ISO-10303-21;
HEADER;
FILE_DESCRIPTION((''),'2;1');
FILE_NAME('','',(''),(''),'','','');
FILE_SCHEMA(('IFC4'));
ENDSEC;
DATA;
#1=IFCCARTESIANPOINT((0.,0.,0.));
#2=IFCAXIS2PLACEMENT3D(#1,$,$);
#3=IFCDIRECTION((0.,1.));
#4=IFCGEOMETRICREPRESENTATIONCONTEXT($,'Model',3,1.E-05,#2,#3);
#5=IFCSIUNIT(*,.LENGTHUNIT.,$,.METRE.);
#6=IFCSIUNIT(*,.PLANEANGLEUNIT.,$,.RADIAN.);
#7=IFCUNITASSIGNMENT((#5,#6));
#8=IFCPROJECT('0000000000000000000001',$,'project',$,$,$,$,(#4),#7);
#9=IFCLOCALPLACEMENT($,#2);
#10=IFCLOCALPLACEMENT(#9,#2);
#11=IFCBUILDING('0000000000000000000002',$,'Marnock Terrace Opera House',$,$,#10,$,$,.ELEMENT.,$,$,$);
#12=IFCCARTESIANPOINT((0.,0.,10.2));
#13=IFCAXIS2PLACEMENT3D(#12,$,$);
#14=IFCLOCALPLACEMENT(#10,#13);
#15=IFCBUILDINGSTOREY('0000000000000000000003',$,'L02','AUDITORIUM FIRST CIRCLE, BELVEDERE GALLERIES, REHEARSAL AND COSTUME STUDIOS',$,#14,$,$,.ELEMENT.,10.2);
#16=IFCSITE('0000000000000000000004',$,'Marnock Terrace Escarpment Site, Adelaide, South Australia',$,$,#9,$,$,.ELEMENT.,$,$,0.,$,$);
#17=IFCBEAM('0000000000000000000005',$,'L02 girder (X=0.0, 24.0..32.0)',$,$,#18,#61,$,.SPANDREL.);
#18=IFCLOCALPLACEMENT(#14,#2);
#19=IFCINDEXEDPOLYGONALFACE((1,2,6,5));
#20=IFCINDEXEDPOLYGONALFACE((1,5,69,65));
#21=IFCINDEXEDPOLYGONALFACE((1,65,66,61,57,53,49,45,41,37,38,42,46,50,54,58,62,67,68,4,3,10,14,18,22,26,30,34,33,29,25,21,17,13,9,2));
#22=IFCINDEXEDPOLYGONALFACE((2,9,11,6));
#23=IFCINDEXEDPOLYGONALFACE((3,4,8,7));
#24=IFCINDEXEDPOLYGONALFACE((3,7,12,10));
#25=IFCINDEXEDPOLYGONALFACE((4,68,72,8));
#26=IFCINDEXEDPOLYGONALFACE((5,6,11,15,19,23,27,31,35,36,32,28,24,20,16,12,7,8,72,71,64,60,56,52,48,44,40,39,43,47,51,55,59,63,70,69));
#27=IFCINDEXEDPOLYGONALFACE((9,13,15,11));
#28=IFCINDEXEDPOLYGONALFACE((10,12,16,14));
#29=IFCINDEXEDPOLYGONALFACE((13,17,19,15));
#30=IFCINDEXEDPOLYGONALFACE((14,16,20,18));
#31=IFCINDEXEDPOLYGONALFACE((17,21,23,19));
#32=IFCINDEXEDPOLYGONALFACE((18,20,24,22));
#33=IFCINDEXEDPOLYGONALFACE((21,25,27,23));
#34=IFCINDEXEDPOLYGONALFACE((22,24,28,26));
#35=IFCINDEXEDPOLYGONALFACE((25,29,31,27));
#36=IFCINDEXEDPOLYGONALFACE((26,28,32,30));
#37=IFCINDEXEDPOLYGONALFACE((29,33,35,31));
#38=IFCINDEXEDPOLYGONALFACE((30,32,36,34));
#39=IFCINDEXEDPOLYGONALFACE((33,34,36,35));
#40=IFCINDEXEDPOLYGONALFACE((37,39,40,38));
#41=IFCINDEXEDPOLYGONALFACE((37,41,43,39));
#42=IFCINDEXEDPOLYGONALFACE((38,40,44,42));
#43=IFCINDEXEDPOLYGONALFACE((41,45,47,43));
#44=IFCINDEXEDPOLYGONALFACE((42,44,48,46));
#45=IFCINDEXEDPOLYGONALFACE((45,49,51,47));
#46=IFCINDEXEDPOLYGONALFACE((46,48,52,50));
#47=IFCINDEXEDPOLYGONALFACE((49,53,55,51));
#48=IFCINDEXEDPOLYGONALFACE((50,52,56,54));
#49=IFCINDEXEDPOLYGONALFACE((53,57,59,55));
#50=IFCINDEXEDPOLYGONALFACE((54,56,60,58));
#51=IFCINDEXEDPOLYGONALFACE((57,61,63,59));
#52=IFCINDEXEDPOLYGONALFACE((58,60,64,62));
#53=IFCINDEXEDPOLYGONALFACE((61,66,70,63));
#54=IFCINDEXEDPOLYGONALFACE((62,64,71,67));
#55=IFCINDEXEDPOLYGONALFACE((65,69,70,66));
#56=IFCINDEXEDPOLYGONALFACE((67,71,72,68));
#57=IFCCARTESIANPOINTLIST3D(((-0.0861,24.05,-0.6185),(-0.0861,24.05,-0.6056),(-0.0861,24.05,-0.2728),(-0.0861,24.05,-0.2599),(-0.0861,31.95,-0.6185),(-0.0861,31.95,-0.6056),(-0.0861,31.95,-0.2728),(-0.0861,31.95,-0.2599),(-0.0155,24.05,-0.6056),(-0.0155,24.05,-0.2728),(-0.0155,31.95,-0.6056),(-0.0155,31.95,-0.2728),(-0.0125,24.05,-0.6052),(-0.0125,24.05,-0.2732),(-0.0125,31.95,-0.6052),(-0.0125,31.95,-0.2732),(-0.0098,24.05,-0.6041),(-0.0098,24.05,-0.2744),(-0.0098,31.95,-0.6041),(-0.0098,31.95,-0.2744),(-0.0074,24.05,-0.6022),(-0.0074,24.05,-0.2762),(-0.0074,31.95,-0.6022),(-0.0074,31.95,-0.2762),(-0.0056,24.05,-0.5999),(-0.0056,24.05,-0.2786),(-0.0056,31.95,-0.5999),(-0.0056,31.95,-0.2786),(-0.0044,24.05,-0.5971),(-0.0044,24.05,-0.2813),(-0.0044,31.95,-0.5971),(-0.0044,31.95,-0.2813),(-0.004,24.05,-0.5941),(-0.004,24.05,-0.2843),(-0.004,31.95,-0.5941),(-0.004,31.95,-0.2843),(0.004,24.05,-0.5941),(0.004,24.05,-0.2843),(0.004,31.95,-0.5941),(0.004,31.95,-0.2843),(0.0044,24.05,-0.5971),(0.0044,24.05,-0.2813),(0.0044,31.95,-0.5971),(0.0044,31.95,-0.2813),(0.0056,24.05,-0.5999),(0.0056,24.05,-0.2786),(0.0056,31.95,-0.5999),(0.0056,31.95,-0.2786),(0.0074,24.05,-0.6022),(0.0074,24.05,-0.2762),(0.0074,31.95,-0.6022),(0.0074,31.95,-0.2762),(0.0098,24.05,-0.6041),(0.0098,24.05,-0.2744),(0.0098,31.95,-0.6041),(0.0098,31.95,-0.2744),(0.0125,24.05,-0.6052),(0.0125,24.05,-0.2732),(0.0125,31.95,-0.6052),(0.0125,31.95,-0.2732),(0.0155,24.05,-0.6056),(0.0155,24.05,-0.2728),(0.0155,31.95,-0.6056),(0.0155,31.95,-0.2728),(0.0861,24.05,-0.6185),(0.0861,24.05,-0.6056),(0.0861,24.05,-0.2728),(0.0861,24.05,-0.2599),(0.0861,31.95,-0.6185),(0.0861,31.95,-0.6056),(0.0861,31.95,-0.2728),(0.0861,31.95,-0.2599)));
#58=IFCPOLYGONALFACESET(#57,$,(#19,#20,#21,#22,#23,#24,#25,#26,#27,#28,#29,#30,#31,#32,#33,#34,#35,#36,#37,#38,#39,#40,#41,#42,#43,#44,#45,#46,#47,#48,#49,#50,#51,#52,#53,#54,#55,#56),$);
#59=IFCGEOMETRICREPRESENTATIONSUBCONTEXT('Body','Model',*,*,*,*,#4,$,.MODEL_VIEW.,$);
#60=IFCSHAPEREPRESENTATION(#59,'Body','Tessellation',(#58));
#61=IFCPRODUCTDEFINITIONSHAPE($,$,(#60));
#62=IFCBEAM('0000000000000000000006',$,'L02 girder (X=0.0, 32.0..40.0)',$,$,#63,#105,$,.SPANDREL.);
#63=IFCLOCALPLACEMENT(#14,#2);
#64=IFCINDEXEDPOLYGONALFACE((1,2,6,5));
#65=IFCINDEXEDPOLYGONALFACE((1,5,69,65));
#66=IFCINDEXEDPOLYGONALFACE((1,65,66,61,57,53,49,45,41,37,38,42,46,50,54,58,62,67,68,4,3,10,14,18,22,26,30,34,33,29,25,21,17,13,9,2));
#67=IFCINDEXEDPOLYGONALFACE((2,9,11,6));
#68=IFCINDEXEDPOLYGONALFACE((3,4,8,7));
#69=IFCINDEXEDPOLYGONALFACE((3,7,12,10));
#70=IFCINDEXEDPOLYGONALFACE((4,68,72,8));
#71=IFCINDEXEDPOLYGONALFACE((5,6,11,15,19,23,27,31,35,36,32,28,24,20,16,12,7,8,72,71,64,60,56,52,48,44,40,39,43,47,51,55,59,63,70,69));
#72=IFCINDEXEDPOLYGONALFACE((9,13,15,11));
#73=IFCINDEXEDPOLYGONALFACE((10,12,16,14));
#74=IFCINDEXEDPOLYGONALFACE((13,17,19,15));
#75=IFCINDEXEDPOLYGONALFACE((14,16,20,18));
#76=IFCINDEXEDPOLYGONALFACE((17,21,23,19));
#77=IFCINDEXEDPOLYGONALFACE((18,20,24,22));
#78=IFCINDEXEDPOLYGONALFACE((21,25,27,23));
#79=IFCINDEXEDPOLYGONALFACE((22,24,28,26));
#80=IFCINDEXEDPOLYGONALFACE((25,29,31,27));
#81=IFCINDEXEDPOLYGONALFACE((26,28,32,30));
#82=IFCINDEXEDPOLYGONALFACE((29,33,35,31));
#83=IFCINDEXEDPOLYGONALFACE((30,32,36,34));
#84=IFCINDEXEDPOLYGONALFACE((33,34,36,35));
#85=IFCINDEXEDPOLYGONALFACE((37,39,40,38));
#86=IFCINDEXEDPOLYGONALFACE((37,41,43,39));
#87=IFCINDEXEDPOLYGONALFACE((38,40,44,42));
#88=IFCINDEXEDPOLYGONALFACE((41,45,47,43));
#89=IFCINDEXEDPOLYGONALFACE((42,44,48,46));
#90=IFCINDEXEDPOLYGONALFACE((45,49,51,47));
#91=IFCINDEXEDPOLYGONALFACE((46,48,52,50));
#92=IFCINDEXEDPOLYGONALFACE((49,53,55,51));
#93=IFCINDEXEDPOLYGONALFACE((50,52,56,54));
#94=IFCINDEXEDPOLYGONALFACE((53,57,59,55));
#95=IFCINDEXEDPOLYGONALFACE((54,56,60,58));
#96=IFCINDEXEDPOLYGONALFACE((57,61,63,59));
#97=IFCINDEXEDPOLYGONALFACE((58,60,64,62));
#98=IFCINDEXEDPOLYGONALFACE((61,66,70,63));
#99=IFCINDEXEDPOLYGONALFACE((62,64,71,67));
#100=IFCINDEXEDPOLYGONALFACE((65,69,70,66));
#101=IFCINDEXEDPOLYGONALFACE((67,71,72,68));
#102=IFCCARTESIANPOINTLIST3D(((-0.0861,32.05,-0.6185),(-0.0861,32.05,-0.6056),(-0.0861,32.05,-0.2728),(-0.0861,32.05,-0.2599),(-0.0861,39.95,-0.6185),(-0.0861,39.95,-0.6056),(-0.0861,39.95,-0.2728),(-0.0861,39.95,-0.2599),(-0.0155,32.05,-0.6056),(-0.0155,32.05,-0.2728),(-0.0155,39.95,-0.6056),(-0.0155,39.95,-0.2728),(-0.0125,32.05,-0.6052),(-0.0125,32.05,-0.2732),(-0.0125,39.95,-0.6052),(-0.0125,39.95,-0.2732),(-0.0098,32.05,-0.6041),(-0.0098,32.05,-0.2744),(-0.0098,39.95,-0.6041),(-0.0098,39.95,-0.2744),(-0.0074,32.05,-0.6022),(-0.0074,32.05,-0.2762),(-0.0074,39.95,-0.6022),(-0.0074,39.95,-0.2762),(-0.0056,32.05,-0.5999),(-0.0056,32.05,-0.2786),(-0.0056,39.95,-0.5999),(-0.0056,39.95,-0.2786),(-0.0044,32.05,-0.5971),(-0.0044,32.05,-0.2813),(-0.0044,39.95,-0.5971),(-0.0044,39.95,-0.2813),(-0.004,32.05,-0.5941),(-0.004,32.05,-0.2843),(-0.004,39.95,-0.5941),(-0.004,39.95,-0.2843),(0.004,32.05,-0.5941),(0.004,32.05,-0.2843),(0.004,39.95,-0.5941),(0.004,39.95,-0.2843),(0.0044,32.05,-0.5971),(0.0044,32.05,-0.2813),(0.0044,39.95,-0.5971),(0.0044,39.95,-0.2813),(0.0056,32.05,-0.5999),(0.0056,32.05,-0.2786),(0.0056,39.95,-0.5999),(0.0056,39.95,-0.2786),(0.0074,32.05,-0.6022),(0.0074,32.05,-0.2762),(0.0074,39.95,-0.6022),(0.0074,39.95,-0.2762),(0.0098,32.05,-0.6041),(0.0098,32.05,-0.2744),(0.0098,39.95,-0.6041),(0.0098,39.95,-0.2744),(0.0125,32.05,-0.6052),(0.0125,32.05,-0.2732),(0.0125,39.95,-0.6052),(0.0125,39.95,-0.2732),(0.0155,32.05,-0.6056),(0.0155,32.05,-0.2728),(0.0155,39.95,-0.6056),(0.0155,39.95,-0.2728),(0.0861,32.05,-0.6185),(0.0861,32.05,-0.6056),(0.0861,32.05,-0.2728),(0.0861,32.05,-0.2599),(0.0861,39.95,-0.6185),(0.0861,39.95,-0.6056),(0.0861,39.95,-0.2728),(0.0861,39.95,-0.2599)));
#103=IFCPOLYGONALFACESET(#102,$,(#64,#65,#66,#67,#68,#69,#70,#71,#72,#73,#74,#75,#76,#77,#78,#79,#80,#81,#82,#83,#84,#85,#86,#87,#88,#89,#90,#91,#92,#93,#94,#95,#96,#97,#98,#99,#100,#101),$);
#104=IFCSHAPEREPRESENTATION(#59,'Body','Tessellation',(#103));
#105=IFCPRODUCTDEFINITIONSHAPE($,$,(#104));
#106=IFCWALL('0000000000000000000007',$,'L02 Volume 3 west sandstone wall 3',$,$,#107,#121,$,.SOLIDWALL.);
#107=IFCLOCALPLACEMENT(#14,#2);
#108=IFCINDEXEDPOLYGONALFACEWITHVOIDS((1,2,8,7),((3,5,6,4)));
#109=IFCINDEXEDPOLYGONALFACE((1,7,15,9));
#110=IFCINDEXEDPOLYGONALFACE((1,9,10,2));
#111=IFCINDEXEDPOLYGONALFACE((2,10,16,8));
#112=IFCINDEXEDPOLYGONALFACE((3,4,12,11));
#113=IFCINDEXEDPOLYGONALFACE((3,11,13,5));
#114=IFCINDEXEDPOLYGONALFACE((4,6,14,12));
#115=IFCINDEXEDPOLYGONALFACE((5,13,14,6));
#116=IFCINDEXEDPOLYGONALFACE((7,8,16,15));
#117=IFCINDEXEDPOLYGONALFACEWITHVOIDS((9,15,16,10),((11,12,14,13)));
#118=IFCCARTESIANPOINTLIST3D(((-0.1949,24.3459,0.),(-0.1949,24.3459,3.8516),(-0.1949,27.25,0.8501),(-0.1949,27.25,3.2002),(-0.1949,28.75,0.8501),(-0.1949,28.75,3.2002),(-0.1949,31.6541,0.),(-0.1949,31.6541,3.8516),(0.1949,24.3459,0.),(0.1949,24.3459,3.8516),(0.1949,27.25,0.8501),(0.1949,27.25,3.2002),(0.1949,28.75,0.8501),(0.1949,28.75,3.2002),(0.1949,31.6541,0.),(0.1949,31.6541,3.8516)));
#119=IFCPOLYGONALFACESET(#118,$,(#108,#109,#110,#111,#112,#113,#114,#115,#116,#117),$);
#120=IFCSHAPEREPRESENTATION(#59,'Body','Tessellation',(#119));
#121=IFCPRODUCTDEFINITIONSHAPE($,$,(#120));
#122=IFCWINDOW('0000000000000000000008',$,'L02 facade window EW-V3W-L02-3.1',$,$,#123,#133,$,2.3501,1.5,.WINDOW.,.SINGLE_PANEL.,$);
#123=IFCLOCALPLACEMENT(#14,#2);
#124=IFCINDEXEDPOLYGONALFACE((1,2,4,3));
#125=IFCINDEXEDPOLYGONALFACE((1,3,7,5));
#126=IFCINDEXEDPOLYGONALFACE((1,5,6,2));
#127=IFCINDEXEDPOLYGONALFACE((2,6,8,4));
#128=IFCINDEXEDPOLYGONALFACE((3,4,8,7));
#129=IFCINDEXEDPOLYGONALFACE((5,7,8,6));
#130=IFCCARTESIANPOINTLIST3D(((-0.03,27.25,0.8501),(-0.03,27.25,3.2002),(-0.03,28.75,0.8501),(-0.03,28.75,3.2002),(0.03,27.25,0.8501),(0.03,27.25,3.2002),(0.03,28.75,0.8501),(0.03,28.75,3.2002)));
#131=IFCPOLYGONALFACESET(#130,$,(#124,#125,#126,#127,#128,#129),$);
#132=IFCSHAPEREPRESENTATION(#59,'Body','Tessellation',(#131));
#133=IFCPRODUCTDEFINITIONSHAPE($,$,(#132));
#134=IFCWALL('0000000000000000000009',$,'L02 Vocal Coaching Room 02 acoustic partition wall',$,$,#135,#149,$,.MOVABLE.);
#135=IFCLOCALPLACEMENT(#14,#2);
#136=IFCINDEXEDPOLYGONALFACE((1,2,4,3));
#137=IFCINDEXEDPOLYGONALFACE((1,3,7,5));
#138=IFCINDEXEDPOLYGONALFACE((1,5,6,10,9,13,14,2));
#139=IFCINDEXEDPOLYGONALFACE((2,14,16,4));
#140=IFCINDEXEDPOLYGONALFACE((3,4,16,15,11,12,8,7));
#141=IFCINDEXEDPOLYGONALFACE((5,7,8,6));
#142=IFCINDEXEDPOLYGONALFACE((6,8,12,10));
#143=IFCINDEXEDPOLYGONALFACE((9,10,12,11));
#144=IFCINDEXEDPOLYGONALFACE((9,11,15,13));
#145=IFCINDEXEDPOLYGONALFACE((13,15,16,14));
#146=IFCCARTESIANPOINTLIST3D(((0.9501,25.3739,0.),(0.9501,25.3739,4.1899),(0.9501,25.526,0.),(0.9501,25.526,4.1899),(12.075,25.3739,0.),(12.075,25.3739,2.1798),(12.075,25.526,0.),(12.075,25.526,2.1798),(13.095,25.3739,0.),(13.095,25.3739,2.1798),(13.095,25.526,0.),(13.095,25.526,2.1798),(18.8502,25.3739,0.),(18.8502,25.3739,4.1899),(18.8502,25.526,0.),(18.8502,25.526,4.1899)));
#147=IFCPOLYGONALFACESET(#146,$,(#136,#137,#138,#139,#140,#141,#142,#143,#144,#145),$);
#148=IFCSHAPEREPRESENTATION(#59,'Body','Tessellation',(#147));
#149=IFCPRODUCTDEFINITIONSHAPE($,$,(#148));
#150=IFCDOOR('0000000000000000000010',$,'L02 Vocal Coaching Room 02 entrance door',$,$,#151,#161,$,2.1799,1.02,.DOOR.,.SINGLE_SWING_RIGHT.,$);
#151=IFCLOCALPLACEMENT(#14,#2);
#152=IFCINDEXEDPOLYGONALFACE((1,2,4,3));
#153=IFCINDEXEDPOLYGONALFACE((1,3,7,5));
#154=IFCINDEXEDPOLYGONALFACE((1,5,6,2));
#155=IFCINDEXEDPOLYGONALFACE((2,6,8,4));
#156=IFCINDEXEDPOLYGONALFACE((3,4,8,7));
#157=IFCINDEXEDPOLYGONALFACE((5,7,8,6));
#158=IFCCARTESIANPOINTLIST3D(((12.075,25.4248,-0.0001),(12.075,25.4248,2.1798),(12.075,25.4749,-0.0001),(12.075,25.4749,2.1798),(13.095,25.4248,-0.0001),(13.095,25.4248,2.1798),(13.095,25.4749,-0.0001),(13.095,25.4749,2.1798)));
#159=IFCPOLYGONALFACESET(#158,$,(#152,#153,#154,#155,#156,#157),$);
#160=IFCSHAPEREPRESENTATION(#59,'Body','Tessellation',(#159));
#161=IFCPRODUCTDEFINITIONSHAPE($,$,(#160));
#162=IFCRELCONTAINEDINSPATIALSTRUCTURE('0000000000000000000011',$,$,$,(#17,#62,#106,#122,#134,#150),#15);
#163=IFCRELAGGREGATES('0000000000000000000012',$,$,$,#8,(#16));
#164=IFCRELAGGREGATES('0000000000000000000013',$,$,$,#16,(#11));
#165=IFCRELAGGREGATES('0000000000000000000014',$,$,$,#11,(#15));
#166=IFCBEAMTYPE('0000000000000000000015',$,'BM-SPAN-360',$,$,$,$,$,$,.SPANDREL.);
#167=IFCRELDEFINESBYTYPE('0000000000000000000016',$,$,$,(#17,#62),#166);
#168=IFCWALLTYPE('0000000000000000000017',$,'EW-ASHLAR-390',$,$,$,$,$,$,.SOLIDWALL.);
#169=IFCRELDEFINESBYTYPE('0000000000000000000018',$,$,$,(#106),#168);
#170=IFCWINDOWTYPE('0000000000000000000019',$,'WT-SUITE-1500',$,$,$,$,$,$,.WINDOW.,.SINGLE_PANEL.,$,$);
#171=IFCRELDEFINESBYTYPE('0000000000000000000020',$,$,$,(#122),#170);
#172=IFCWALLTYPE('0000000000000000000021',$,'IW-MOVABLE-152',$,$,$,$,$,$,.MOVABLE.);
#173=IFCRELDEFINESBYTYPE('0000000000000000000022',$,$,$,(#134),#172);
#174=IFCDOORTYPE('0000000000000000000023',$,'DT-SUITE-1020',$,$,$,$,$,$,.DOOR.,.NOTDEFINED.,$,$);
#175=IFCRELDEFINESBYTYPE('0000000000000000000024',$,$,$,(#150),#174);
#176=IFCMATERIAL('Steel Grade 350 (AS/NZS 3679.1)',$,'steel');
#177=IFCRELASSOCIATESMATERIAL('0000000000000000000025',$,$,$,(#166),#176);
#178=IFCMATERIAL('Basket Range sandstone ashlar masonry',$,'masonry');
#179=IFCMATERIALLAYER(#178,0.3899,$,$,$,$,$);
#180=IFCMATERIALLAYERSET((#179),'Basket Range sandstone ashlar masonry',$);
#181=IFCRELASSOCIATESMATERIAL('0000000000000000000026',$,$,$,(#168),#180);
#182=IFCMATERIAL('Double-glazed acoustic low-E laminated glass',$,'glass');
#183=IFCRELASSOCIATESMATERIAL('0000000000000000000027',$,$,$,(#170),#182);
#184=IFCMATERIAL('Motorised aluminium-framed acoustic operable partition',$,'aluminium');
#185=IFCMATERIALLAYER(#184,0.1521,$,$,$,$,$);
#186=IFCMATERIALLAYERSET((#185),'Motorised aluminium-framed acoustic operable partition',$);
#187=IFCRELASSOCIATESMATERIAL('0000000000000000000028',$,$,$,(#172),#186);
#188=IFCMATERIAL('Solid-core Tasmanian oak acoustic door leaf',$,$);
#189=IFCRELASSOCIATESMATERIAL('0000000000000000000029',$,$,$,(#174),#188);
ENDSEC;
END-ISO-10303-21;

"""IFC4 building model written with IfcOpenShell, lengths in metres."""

from ifc_helpers import new_model, si_unit, direction, frame, frame_2d, origin, origin_2d, place, context, subcontext, project, spatial, rectangle, i_section, extrude, material, layer, layer_set, material_profile, profile_set, type_object, element, fill, save


model = new_model("IFC4")

# Units and contexts
model_context = context("Model", 3, precision=1e-05, world=origin(), true_north=direction((0.0, 1.0)))
body_context = subcontext(model_context, "Body", "Model", "MODEL_VIEW")
ifc_project = project(units=[si_unit("LENGTHUNIT", "METRE"), si_unit("PLANEANGLEUNIT", "RADIAN")], contexts=[model_context])

# Site, building, storey
site_placement = place(None, origin())
site = spatial("IfcSite", under=ifc_project, at=site_placement, Name="Marnock Terrace Escarpment Site, Adelaide, South Australia", CompositionType="ELEMENT", RefElevation=0.0)
building_placement = place(site_placement, origin())
building = spatial("IfcBuilding", under=site, at=building_placement, Name="Marnock Terrace Opera House", CompositionType="ELEMENT")
storey_placement = place(building_placement, frame((0.0, 0.0, 10.2)))
storey = spatial("IfcBuildingStorey", under=building, at=storey_placement, Name="L02", Description="AUDITORIUM FIRST CIRCLE, BELVEDERE GALLERIES, REHEARSAL AND COSTUME STUDIOS", CompositionType="ELEMENT", Elevation=10.2)

# Beams
ifc_material_1 = material(Name="Steel Grade 350 (AS/NZS 3679.1)", Category="steel")
ifc_material_profile_1 = material_profile(ifc_material_1, i_section(OverallWidth=0.1721, OverallDepth=0.3586, WebThickness=0.0081, FlangeThickness=0.0129, FilletRadius=0.0115, at=origin_2d()))
ifc_profile_set_1 = profile_set([ifc_material_profile_1], Name="Steel Grade 350 (AS/NZS 3679.1)")
beam_type_1 = type_object("IfcBeamType", Name="BM-SPAN-360", PredefinedType="SPANDREL", material=ifc_profile_set_1)
for number, where, z_axis, x_axis, name in (
    (1, (0.0, 24.05, -0.4392), (0.0, 1.0, 0.0), (-1.0, 0.0, 0.0), "L02 girder (X=0.0, 24.0..32.0)"),
    (2, (0.0, 32.05, -0.4392), (0.0, 1.0, 0.0), (-1.0, 0.0, 0.0), "L02 girder (X=0.0, 32.0..40.0)"),
):
    element("IfcBeam", number, at=place(storey_placement, frame(where, z_axis=z_axis, x_axis=x_axis)), inside=storey, type_object=beam_type_1, Name=name, PredefinedType="SPANDREL", context=body_context, shape_type="SweptSolid", body=[
        extrude(i_section(OverallWidth=0.1721, OverallDepth=0.3586, WebThickness=0.0081, FlangeThickness=0.0129, FilletRadius=0.0115, at=origin_2d()), origin(), (0.0, 0.0, 1.0), 7.8999),
    ])

# Wall, opening, window
ifc_material_2 = material(Name="Basket Range sandstone ashlar masonry", Category="masonry")
ifc_layer_1 = layer(ifc_material_2, 0.3899)
ifc_layer_set_1 = layer_set([ifc_layer_1], Name="Basket Range sandstone ashlar masonry")
wall_type_1 = type_object("IfcWallType", Name="EW-ASHLAR-390", PredefinedType="SOLIDWALL", material=ifc_layer_set_1)
wall_1_placement = place(storey_placement, frame((0.0, 24.3459, 0.0), z_axis=(0.0, 0.0, 1.0), x_axis=(0.0, 1.0, 0.0)))
wall_1 = element("IfcWall", 3, at=wall_1_placement, inside=storey, type_object=wall_type_1, Name="L02 Volume 3 west sandstone wall 3", PredefinedType="SOLIDWALL", context=body_context, shape_type="SweptSolid", body=[
    extrude(rectangle(XDim=7.3081, YDim=0.3899, at=frame_2d((3.6541, 0.0))), origin(), (0.0, 0.0, 1.0), 3.8516),
])
opening_1_placement = place(wall_1_placement, frame((2.9041, 0.0, 0.8501)))
opening_1 = element("IfcOpeningElement", 4, at=opening_1_placement, cuts=wall_1, PredefinedType="OPENING", context=body_context, shape_type="SweptSolid", body=[
    extrude(rectangle(XDim=1.5, YDim=2.3501, at=frame_2d((0.75, 1.175))), frame((0.0, 0.2048, 0.0), z_axis=(0.0, -1.0, 0.0), x_axis=(1.0, 0.0, 0.0)), (0.0, 0.0, 1.0), 0.4099),
])
ifc_material_3 = material(Name="Double-glazed acoustic low-E laminated glass", Category="glass")
window_type = type_object("IfcWindowType", Name="WT-SUITE-1500", PartitioningType="SINGLE_PANEL", PredefinedType="WINDOW", material=ifc_material_3)
window_placement = place(opening_1_placement, origin())
window = element("IfcWindow", 5, at=window_placement, inside=storey, type_object=window_type, Name="L02 facade window EW-V3W-L02-3.1", OverallHeight=2.3501, OverallWidth=1.5, PartitioningType="SINGLE_PANEL", PredefinedType="WINDOW", context=body_context, shape_type="SweptSolid", body=[
    extrude(rectangle(XDim=1.5, YDim=2.3501, at=frame_2d((0.75, 1.175))), frame((0.0, 0.03, 0.0), z_axis=(0.0, -1.0, 0.0), x_axis=(1.0, 0.0, 0.0)), (0.0, 0.0, 1.0), 0.0601),
])
fill(opening_1, window)

# Wall, opening, door
ifc_material_4 = material(Name="Motorised aluminium-framed acoustic operable partition", Category="aluminium")
ifc_layer_2 = layer(ifc_material_4, 0.1521)
ifc_layer_set_2 = layer_set([ifc_layer_2], Name="Motorised aluminium-framed acoustic operable partition")
wall_type_2 = type_object("IfcWallType", Name="IW-MOVABLE-152", PredefinedType="MOVABLE", material=ifc_layer_set_2)
wall_2_placement = place(storey_placement, frame((0.95, 25.45, 0.0), z_axis=(0.0, 0.0, 1.0), x_axis=(1.0, 0.0, 0.0)))
wall_2 = element("IfcWall", 6, at=wall_2_placement, inside=storey, type_object=wall_type_2, Name="L02 Vocal Coaching Room 02 acoustic partition wall", PredefinedType="MOVABLE", context=body_context, shape_type="SweptSolid", body=[
    extrude(rectangle(XDim=17.9001, YDim=0.1521, at=frame_2d((8.9502, 0.0))), origin(), (0.0, 0.0, 1.0), 4.1899),
])
opening_2_placement = place(wall_2_placement, frame((11.125, 0.0, 0.0)))
opening_2 = element("IfcOpeningElement", 7, at=opening_2_placement, cuts=wall_2, PredefinedType="OPENING", context=body_context, shape_type="SweptSolid", body=[
    extrude(rectangle(XDim=1.02, YDim=2.1799, at=frame_2d((0.51, 1.0898))), frame((0.0, 0.0859, 0.0), z_axis=(0.0, -1.0, 0.0), x_axis=(1.0, 0.0, 0.0)), (0.0, 0.0, 1.0), 0.1721),
])
ifc_material_5 = material(Name="Solid-core Tasmanian oak acoustic door leaf")
door_type_1 = type_object("IfcDoorType", Name="DT-SUITE-1020", OperationType="NOTDEFINED", PredefinedType="DOOR", material=ifc_material_5)
door_1_placement = place(opening_2_placement, origin())
door_1 = element("IfcDoor", 8, at=door_1_placement, inside=storey, type_object=door_type_1, Name="L02 Vocal Coaching Room 02 entrance door", OperationType="SINGLE_SWING_RIGHT", OverallHeight=2.1799, OverallWidth=1.02, PredefinedType="DOOR", context=body_context, shape_type="SweptSolid", body=[
    extrude(rectangle(XDim=1.02, YDim=2.1799, at=frame_2d((0.51, 1.0898))), frame((0.0, 0.0249, 0.0), z_axis=(0.0, -1.0, 0.0), x_axis=(1.0, 0.0, 0.0)), (0.0, 0.0, 1.0), 0.05),
])
fill(opening_2, door_1)

save(model, "model.ifc")
